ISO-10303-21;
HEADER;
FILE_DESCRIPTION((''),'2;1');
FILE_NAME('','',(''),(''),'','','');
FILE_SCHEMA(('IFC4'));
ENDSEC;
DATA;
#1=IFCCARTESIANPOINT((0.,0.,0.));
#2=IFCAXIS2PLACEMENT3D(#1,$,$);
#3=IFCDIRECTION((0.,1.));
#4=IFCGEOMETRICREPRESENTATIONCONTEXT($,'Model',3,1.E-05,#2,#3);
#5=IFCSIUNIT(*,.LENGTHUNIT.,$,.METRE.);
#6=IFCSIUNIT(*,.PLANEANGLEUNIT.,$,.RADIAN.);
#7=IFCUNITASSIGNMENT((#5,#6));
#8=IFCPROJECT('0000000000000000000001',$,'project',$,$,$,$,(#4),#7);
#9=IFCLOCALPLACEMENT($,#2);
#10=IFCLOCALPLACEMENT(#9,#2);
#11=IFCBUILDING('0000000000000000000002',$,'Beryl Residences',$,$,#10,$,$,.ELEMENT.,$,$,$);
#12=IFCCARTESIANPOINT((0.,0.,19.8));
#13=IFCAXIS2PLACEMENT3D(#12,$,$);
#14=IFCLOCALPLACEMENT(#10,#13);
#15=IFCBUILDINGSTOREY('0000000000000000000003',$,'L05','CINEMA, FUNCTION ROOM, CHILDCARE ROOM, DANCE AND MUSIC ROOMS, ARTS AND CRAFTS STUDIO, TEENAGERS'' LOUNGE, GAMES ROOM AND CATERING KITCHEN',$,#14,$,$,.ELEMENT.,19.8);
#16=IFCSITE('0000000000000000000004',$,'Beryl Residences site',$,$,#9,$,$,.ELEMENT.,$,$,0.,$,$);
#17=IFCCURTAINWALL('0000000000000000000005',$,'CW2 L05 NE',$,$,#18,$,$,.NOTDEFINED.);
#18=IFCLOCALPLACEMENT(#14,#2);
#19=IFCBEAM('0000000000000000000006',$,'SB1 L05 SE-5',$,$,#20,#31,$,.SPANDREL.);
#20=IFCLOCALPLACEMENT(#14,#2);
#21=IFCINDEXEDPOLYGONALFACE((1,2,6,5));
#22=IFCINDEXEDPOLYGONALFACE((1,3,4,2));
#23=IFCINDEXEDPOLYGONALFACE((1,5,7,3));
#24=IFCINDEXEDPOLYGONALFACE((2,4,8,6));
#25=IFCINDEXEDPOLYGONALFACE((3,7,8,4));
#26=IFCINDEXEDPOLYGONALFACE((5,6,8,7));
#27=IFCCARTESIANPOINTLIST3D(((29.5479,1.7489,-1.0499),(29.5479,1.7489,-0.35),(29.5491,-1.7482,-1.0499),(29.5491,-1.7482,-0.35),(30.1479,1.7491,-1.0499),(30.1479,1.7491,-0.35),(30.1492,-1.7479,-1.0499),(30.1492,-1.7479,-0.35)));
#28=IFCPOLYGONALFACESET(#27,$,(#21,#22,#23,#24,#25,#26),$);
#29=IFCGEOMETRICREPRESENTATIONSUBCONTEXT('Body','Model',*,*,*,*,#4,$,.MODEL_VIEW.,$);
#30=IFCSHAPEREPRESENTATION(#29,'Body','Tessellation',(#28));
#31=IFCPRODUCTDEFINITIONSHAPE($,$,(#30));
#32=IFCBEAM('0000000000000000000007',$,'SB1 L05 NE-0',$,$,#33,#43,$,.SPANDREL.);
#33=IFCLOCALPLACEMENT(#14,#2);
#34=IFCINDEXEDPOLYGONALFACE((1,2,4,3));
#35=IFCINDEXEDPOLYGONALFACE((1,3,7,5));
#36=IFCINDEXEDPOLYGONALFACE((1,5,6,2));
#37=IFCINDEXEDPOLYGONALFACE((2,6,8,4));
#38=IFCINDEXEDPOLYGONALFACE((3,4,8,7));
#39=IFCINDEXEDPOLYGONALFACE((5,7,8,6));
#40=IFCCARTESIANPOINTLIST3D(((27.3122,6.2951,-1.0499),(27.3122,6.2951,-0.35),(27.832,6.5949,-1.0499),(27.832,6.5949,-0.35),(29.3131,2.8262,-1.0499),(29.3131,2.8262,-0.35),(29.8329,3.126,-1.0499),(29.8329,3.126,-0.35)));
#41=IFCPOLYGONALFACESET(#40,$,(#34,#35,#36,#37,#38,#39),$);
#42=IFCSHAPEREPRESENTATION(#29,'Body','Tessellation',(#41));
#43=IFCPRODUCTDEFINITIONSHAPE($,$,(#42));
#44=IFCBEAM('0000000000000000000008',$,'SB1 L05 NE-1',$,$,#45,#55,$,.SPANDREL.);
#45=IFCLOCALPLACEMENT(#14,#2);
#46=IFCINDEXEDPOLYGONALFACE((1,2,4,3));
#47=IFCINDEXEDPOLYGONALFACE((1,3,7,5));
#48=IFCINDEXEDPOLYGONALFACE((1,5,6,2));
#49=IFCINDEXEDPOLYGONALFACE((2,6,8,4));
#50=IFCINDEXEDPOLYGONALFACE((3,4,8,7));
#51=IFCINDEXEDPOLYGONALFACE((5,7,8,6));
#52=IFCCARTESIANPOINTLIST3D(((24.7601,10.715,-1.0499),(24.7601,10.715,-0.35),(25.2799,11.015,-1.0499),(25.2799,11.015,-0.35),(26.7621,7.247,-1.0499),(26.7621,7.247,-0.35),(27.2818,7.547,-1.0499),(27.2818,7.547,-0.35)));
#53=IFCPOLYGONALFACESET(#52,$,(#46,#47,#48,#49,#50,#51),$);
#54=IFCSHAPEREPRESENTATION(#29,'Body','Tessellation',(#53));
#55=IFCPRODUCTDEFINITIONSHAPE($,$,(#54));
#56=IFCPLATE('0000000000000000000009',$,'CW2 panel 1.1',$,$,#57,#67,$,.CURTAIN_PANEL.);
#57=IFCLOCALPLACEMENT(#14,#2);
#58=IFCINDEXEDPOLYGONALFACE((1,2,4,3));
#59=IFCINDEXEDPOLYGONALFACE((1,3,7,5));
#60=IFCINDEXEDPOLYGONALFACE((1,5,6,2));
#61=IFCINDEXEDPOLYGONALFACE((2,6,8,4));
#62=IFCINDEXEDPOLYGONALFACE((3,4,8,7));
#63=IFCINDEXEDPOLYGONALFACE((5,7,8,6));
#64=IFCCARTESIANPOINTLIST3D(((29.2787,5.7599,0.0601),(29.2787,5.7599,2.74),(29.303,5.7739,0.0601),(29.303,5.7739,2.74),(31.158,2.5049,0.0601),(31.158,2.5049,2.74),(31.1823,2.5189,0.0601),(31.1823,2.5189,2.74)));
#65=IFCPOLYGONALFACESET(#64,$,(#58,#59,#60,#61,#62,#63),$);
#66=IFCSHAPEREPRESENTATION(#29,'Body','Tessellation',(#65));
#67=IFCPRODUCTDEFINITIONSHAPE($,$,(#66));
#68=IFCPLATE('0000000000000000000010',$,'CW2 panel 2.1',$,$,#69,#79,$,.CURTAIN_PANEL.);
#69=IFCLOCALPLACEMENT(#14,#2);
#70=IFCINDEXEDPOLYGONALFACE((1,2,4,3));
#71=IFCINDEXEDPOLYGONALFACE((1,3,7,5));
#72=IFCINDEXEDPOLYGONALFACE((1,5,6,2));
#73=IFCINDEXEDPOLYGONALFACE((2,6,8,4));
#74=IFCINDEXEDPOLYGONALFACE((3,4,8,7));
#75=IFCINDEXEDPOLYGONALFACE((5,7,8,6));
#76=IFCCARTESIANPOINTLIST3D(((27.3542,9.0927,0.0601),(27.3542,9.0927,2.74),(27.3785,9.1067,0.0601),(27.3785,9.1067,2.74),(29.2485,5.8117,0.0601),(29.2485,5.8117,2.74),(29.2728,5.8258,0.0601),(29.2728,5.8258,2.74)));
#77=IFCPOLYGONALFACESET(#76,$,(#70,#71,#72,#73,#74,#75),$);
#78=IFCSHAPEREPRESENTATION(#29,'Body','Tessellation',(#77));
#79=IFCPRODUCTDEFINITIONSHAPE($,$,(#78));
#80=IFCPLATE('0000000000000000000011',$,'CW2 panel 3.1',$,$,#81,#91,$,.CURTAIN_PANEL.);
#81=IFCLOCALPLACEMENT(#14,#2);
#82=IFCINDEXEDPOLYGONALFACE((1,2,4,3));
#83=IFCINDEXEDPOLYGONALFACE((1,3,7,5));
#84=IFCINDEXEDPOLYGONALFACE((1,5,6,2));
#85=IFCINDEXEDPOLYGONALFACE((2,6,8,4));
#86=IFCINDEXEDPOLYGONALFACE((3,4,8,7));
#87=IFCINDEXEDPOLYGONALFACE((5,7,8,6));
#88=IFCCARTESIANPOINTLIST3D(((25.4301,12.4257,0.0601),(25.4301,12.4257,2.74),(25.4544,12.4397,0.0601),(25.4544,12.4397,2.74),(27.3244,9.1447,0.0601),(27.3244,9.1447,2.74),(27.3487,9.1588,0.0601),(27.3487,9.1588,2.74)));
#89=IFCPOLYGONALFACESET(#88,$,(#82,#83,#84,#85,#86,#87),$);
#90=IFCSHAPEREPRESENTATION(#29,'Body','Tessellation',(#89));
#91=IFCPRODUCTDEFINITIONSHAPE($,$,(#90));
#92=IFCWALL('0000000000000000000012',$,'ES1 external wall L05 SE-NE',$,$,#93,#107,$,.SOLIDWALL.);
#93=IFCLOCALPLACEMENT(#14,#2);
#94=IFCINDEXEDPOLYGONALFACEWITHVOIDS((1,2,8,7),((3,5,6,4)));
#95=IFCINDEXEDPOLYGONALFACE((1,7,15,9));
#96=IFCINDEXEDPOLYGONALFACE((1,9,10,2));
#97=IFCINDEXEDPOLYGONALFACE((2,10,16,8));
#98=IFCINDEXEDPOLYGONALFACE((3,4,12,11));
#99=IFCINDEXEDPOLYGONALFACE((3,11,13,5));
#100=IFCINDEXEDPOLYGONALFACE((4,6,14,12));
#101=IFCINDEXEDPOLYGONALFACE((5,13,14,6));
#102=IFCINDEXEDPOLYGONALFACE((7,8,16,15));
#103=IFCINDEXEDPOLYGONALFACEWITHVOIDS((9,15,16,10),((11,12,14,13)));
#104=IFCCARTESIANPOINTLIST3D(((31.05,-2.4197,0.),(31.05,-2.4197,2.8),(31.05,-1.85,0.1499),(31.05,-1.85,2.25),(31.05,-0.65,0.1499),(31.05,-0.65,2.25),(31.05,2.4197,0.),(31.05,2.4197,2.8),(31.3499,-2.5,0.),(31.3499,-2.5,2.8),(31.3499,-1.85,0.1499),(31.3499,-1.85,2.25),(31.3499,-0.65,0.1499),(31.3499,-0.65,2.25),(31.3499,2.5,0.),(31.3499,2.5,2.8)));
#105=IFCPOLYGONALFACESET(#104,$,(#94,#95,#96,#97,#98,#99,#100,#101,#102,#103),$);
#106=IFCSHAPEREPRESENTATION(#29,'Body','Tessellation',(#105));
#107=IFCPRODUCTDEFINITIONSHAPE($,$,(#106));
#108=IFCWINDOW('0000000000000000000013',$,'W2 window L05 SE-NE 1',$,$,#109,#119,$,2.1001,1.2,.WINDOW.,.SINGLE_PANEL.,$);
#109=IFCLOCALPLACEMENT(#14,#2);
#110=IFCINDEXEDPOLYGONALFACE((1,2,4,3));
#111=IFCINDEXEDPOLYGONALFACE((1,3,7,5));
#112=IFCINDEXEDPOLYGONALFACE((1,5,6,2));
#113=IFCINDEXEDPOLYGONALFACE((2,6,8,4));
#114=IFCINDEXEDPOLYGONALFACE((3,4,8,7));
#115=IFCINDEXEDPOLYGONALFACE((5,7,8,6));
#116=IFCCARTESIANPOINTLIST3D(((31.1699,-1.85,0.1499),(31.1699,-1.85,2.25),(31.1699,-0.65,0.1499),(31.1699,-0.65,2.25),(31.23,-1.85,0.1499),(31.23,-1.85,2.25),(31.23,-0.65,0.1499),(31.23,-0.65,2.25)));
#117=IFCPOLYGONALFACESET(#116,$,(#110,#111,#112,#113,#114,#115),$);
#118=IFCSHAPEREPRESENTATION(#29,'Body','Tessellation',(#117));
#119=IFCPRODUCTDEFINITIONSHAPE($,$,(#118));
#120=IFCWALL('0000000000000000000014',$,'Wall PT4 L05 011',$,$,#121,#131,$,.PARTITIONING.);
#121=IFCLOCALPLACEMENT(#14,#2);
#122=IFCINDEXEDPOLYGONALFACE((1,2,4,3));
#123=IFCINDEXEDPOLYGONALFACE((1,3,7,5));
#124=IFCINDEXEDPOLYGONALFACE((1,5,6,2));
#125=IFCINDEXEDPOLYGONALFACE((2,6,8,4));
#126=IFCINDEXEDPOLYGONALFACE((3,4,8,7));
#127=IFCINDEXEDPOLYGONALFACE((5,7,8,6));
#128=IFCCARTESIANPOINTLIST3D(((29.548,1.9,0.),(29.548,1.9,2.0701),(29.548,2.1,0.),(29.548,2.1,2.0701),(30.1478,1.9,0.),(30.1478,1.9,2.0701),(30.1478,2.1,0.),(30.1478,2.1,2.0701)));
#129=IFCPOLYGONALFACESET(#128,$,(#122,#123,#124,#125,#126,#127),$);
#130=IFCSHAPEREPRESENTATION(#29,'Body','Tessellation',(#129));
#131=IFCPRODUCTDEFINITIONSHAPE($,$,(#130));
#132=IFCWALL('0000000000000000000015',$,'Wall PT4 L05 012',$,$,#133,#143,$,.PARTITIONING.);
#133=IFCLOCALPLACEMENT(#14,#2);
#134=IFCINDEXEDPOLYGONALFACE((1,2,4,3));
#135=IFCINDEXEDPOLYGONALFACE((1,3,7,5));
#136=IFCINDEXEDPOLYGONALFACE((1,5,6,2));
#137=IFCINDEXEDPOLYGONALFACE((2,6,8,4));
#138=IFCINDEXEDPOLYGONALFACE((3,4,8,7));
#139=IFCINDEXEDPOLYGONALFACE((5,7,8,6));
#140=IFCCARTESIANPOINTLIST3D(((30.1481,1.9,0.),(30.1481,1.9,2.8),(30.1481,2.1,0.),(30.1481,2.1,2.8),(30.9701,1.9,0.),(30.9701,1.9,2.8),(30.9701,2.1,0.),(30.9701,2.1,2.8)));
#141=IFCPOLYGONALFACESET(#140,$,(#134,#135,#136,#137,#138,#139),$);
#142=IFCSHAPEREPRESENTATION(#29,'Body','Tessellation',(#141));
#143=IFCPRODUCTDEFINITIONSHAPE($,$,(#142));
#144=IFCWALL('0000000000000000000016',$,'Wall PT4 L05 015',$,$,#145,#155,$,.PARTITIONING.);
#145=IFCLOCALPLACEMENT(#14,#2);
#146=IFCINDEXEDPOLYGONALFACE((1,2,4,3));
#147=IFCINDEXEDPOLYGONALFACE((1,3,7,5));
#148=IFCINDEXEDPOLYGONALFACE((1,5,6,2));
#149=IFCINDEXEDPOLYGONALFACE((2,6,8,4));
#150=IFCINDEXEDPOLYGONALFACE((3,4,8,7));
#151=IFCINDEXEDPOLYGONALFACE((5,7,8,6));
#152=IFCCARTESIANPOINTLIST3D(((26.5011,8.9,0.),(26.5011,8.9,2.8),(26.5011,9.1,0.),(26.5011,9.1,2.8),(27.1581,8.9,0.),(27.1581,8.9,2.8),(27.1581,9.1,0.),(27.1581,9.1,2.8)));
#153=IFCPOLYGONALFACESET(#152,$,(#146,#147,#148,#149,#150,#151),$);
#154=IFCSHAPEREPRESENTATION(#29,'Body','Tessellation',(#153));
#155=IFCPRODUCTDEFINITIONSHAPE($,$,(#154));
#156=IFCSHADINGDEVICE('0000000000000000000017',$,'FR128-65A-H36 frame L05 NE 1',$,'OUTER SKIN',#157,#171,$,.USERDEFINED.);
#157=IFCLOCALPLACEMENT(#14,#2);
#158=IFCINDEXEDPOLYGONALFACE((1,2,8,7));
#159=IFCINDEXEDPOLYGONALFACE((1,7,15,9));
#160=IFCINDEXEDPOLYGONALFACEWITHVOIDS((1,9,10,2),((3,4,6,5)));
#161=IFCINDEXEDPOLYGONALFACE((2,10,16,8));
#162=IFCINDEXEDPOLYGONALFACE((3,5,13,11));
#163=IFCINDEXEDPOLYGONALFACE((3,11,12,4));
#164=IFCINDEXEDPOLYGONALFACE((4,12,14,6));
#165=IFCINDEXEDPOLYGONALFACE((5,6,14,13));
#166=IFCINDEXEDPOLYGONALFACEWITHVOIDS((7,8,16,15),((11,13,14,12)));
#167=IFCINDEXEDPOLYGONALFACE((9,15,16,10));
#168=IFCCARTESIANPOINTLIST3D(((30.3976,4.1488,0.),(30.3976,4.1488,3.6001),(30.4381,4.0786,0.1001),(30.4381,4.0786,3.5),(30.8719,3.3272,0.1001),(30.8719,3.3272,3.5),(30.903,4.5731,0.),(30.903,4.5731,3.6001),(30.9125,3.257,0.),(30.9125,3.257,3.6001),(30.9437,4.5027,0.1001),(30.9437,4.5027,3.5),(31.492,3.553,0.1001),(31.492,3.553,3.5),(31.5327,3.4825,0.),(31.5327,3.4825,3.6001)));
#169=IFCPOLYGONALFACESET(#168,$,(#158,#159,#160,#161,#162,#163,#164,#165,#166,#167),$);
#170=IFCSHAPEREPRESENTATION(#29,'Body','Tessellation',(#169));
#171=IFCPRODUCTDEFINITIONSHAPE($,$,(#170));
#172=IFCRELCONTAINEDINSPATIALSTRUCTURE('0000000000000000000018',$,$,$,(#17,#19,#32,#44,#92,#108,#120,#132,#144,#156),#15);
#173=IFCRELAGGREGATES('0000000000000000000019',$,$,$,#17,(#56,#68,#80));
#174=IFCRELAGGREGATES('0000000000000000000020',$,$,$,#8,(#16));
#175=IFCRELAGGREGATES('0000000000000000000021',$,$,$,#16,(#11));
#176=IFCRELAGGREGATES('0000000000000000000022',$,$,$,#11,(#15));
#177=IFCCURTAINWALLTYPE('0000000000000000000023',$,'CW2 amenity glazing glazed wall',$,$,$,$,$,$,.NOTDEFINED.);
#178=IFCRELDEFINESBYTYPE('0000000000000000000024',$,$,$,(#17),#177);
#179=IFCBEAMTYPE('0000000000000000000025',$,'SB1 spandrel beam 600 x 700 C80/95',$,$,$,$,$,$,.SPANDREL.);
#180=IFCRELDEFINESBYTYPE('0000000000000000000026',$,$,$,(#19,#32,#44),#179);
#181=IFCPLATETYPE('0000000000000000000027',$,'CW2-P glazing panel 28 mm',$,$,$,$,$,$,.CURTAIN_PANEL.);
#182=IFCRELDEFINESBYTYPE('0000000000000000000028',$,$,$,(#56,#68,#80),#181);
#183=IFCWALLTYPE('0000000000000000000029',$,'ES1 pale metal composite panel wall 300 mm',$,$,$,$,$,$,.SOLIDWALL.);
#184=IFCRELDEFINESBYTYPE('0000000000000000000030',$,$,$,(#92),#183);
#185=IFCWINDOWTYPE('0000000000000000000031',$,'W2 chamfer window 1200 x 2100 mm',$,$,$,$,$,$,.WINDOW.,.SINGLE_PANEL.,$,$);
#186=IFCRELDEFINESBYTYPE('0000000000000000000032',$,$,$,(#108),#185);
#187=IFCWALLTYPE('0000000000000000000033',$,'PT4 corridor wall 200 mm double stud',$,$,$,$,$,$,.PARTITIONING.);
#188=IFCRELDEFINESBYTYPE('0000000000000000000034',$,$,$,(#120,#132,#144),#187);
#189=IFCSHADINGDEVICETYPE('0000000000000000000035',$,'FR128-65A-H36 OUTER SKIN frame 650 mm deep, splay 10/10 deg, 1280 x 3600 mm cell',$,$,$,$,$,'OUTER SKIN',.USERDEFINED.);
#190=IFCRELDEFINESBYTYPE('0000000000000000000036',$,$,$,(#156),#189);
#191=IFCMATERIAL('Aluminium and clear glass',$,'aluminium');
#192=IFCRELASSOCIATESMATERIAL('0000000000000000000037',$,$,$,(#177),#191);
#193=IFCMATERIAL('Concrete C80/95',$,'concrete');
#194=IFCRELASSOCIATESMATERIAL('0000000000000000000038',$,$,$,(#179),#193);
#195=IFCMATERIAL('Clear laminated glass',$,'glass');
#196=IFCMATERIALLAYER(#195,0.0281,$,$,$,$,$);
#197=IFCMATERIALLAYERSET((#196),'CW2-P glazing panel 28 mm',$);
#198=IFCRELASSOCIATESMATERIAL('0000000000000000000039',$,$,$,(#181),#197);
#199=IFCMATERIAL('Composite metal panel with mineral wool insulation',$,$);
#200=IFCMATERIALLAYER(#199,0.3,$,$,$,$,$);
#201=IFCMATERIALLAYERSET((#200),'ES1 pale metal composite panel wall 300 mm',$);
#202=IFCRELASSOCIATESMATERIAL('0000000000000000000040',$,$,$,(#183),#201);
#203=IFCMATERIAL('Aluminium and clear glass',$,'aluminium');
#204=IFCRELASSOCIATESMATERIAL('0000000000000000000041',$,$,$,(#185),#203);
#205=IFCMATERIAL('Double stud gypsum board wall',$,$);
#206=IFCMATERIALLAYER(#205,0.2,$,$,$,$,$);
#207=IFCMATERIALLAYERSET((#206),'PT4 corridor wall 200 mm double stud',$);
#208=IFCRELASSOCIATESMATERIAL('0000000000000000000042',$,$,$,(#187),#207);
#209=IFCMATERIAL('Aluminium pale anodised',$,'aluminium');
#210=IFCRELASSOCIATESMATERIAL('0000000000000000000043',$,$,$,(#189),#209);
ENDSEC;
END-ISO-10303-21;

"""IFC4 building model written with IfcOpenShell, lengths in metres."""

from ifc_helpers import new_model, entity, si_unit, direction, frame, frame_2d, origin, origin_2d, place, context, subcontext, project, spatial, polyline, rectangle, outline, extrude, source, transform, mapped, material, layer, layer_set, material_profile, profile_set, type_object, type_shapes, element, fill, aggregate, save


model = new_model("IFC4")

# Units and contexts
model_context = context("Model", 3, precision=1e-05, world=origin(), true_north=direction((0.0, 1.0)))
body_context = subcontext(model_context, "Body", "Model", "MODEL_VIEW")
ifc_project = project(units=[si_unit("LENGTHUNIT", "METRE"), si_unit("PLANEANGLEUNIT", "RADIAN")], contexts=[model_context])

# Site, building, storey
site_placement = place(None, origin())
site = spatial("IfcSite", under=ifc_project, at=site_placement, Name="Beryl Residences site", CompositionType="ELEMENT", RefElevation=0.0)
building_placement = place(site_placement, origin())
building = spatial("IfcBuilding", under=site, at=building_placement, Name="Beryl Residences", CompositionType="ELEMENT")
storey_placement = place(building_placement, frame((0.0, 0.0, 19.8)))
storey = spatial("IfcBuildingStorey", under=building, at=storey_placement, Name="L05", Description="CINEMA, FUNCTION ROOM, CHILDCARE ROOM, DANCE AND MUSIC ROOMS, ARTS AND CRAFTS STUDIO, TEENAGERS' LOUNGE, GAMES ROOM AND CATERING KITCHEN", CompositionType="ELEMENT", Elevation=19.8)

# Shared definitions
ifc_material_1 = material(Name="Aluminium and clear glass", Category="aluminium")
curtain_wall_type = type_object("IfcCurtainWallType", Name="CW2 amenity glazing glazed wall", PredefinedType="NOTDEFINED", material=ifc_material_1)

# Curtain wall
curtain_wall_1_placement = place(storey_placement, origin())
curtain_wall_1 = element("IfcCurtainWall", 1, at=curtain_wall_1_placement, inside=storey, type_object=curtain_wall_type, Name="CW2 L05 NE", PredefinedType="NOTDEFINED")

# Beams
ifc_material_2 = material(Name="Concrete C80/95", Category="concrete")
ifc_material_profile_1 = material_profile(ifc_material_2, rectangle(XDim=0.6001, YDim=0.7, at=origin_2d()))
ifc_profile_set_1 = profile_set([ifc_material_profile_1], Name="Concrete C80/95")
beam_type = type_object("IfcBeamType", Name="SB1 spandrel beam 600 x 700 C80/95", PredefinedType="SPANDREL", material=ifc_profile_set_1)
beam_1_placement = place(storey_placement, frame((29.8491, -1.748, -0.7), z_axis=(-0.000349, 1.0, 0.0), x_axis=(-1.0, -0.000349, 0.0)))
element("IfcBeam", 2, at=beam_1_placement, inside=storey, type_object=beam_type, Name="SB1 L05 SE-5", PredefinedType="SPANDREL", context=body_context, shape_type="SweptSolid", body=[
    extrude(rectangle(XDim=0.6001, YDim=0.7, at=origin_2d()), origin(), (0.0, 0.0, 1.0), 3.4971),
])
beam_2_placement = place(storey_placement, frame((29.573, 2.9761, -0.7), z_axis=(-0.499654, 0.866225, 0.0), x_axis=(-0.866225, -0.499654, 0.0)))
element("IfcBeam", 3, at=beam_2_placement, inside=storey, type_object=beam_type, Name="SB1 L05 NE-0", PredefinedType="SPANDREL", context=body_context, shape_type="SweptSolid", body=[
    extrude(rectangle(XDim=0.6001, YDim=0.7, at=origin_2d()), origin(), (0.0, 0.0, 1.0), 4.0046),
])
beam_3_placement = place(storey_placement, frame((27.022, 7.397, -0.7), z_axis=(-0.499942, 0.866059, 0.0), x_axis=(-0.866059, -0.499942, 0.0)))
element("IfcBeam", 4, at=beam_3_placement, inside=storey, type_object=beam_type, Name="SB1 L05 NE-1", PredefinedType="SPANDREL", context=body_context, shape_type="SweptSolid", body=[
    extrude(rectangle(XDim=0.6001, YDim=0.7, at=origin_2d()), origin(), (0.0, 0.0, 1.0), 4.0044),
])

# Plates
ifc_material_3 = material(Name="Clear laminated glass", Category="glass")
ifc_layer_1 = layer(ifc_material_3, 0.0281)
ifc_layer_set_1 = layer_set([ifc_layer_1], Name="CW2-P glazing panel 28 mm")
plate_type = type_object("IfcPlateType", Name="CW2-P glazing panel 28 mm", PredefinedType="CURTAIN_PANEL", material=ifc_layer_set_1)
plate_1_placement = place(storey_placement, frame((30.2305, 4.1394, 0.0601), z_axis=(0.0, 0.0, 1.0), x_axis=(-0.500012, 0.866019, 0.0)))
plate_1 = element("IfcPlate", 5, at=plate_1_placement, type_object=plate_type, Name="CW2 panel 1.1", PredefinedType="CURTAIN_PANEL", context=body_context, shape_type="SweptSolid", body=[
    extrude(rectangle(XDim=3.7585, YDim=0.0281, at=origin_2d()), origin(), (0.0, 0.0, 1.0), 2.6799),
])
plate_2_placement = place(storey_placement, frame((28.3135, 7.4592, 0.0601), z_axis=(0.0, 0.0, 1.0), x_axis=(-0.500012, 0.866019, 0.0)))
plate_2 = element("IfcPlate", 6, at=plate_2_placement, type_object=plate_type, Name="CW2 panel 2.1", PredefinedType="CURTAIN_PANEL", context=body_context, shape_type="SweptSolid", body=[
    extrude(rectangle(XDim=3.7886, YDim=0.0281, at=origin_2d()), origin(), (0.0, 0.0, 1.0), 2.6799),
])
plate_3_placement = place(storey_placement, frame((26.3894, 10.7922, 0.0601), z_axis=(0.0, 0.0, 1.0), x_axis=(-0.500012, 0.866019, 0.0)))
plate_3 = element("IfcPlate", 7, at=plate_3_placement, type_object=plate_type, Name="CW2 panel 3.1", PredefinedType="CURTAIN_PANEL", context=body_context, shape_type="SweptSolid", body=[
    extrude(rectangle(XDim=3.7886, YDim=0.0281, at=origin_2d()), origin(), (0.0, 0.0, 1.0), 2.6799),
])
aggregate(curtain_wall_1, [plate_1, plate_2, plate_3])

# Wall, opening, window
ifc_material_4 = material(Name="Composite metal panel with mineral wool insulation")
ifc_layer_2 = layer(ifc_material_4, 0.3)
ifc_layer_set_2 = layer_set([ifc_layer_2], Name="ES1 pale metal composite panel wall 300 mm")
wall_type_1 = type_object("IfcWallType", Name="ES1 pale metal composite panel wall 300 mm", PredefinedType="SOLIDWALL", material=ifc_layer_set_2)
wall_1_placement = place(storey_placement, frame((31.2, -2.5, 0.0), z_axis=(0.0, 0.0, 1.0), x_axis=(0.0, 1.0, 0.0)))
wall_1 = element("IfcWall", 8, at=wall_1_placement, inside=storey, type_object=wall_type_1, Name="ES1 external wall L05 SE-NE", PredefinedType="SOLIDWALL", context=body_context, shape_type="SweptSolid", body=[
    extrude(outline(polyline([(0.0, -0.1499), (5.0, -0.1499), (4.9197, 0.1499), (0.0803, 0.1499), (0.0, -0.1499)])), origin(), (0.0, 0.0, 1.0), 2.8),
])
opening_placement = place(wall_1_placement, frame((0.6499, 0.0, 0.1499)))
opening = element("IfcOpeningElement", 9, at=opening_placement, cuts=wall_1, PredefinedType="OPENING", context=body_context, shape_type="SweptSolid", body=[
    extrude(rectangle(XDim=1.2, YDim=2.1001, at=frame_2d((0.6001, 1.05))), frame((0.0, 0.1599, 0.0), z_axis=(0.0, -1.0, 0.0), x_axis=(1.0, 0.0, 0.0)), (0.0, 0.0, 1.0), 0.3201),
])
ifc_material_5 = material(Name="Aluminium and clear glass", Category="aluminium")
window_type = type_object("IfcWindowType", Name="W2 chamfer window 1200 x 2100 mm", PartitioningType="SINGLE_PANEL", PredefinedType="WINDOW", material=ifc_material_5)
window_placement = place(opening_placement, origin())
window = element("IfcWindow", 10, at=window_placement, inside=storey, type_object=window_type, Name="W2 window L05 SE-NE 1", OverallHeight=2.1001, OverallWidth=1.2, PartitioningType="SINGLE_PANEL", PredefinedType="WINDOW", context=body_context, shape_type="SweptSolid", body=[
    extrude(rectangle(XDim=1.2, YDim=2.1001, at=frame_2d((0.6001, 1.05))), frame((0.0, 0.03, 0.0), z_axis=(0.0, -1.0, 0.0), x_axis=(1.0, 0.0, 0.0)), (0.0, 0.0, 1.0), 0.0601),
])
fill(opening, window)

# Walls
ifc_material_6 = material(Name="Double stud gypsum board wall")
ifc_layer_3 = layer(ifc_material_6, 0.2)
ifc_layer_set_3 = layer_set([ifc_layer_3], Name="PT4 corridor wall 200 mm double stud")
wall_type_2 = type_object("IfcWallType", Name="PT4 corridor wall 200 mm double stud", PredefinedType="PARTITIONING", material=ifc_layer_set_3)
wall_2_placement = place(storey_placement, frame((29.5481, 2.0, 0.0), z_axis=(0.0, 0.0, 1.0), x_axis=(1.0, 0.0, 0.0)))
element("IfcWall", 11, at=wall_2_placement, inside=storey, type_object=wall_type_2, Name="Wall PT4 L05 011", PredefinedType="PARTITIONING", context=body_context, shape_type="SweptSolid", body=[
    extrude(rectangle(XDim=0.5999, YDim=0.2, at=frame_2d((0.2998, 0.0))), origin(), (0.0, 0.0, 1.0), 2.0701),
])
wall_3_placement = place(storey_placement, frame((30.1479, 2.0, 0.0), z_axis=(0.0, 0.0, 1.0), x_axis=(1.0, 0.0, 0.0)))
element("IfcWall", 12, at=wall_3_placement, inside=storey, type_object=wall_type_2, Name="Wall PT4 L05 012", PredefinedType="PARTITIONING", context=body_context, shape_type="SweptSolid", body=[
    extrude(rectangle(XDim=0.822, YDim=0.2, at=frame_2d((0.4111, 0.0))), origin(), (0.0, 0.0, 1.0), 2.8),
])
wall_4_placement = place(storey_placement, frame((26.501, 9.0, 0.0), z_axis=(0.0, 0.0, 1.0), x_axis=(1.0, 0.0, 0.0)))
element("IfcWall", 13, at=wall_4_placement, inside=storey, type_object=wall_type_2, Name="Wall PT4 L05 015", PredefinedType="PARTITIONING", context=body_context, shape_type="SweptSolid", body=[
    extrude(rectangle(XDim=0.657, YDim=0.2, at=frame_2d((0.3286, 0.0))), origin(), (0.0, 0.0, 1.0), 2.8),
])

# Shading device
ifc_material_7 = material(Name="Aluminium pale anodised", Category="aluminium")
shading_device_type_1 = type_object("IfcShadingDeviceType", Name="FR128-65A-H36 OUTER SKIN frame 650 mm deep, splay 10/10 deg, 1280 x 3600 mm cell", ElementType="OUTER SKIN", PredefinedType="USERDEFINED", material=ifc_material_7)
cartesian_point_1 = entity("IfcCartesianPoint", [-0.5149, 0.0])
cartesian_point_2 = entity("IfcCartesianPoint", [-0.4338, 0.1001])
cartesian_point_3 = entity("IfcCartesianPoint", [-0.6296, 0.0])
cartesian_point_4 = entity("IfcCartesianPoint", [-0.5483, 0.1001])
shared_shape_1 = source(origin(), body_context, "Body", "SweptSolid", [
    entity("IfcExtrudedAreaSolidTapered", entity("IfcArbitraryProfileDefWithVoids", "AREA", None, entity("IfcPolyline", [cartesian_point_1, entity("IfcCartesianPoint", [0.5149, 0.0]), entity("IfcCartesianPoint", [0.5149, 3.6001]), entity("IfcCartesianPoint", [-0.5149, 3.6001]), cartesian_point_1]), [entity("IfcPolyline", [cartesian_point_2, entity("IfcCartesianPoint", [0.4338, 0.1001]), entity("IfcCartesianPoint", [0.4338, 3.5]), entity("IfcCartesianPoint", [-0.4338, 3.5]), cartesian_point_2])]), entity("IfcAxis2Placement3D", entity("IfcCartesianPoint", [0.0, 0.0, 0.0]), entity("IfcDirection", [0.0, 1.0, 0.0]), entity("IfcDirection", [-1.0, 0.0, 0.0])), entity("IfcDirection", [0.0, 0.0, 1.0]), 0.6499, entity("IfcArbitraryProfileDefWithVoids", "AREA", None, entity("IfcPolyline", [cartesian_point_3, entity("IfcCartesianPoint", [0.6296, 0.0]), entity("IfcCartesianPoint", [0.6296, 3.6001]), entity("IfcCartesianPoint", [-0.6296, 3.6001]), cartesian_point_3]), [entity("IfcPolyline", [cartesian_point_4, entity("IfcCartesianPoint", [0.5483, 0.1001]), entity("IfcCartesianPoint", [0.5483, 3.5]), entity("IfcCartesianPoint", [-0.5483, 3.5]), cartesian_point_4])])),
])
type_shapes(shading_device_type_1, [shared_shape_1])
shading_device_placement = place(storey_placement, frame((30.655, 3.7029, 0.0), z_axis=(0.0, 0.0, 1.0), x_axis=(0.5, -0.866025, 0.0)))
element("IfcShadingDevice", 14, at=shading_device_placement, inside=storey, type_object=shading_device_type_1, Name="FR128-65A-H36 frame L05 NE 1", ObjectType="OUTER SKIN", PredefinedType="USERDEFINED", context=body_context, shape_type="MappedRepresentation", body=[
    mapped(shared_shape_1, transform((0.0, 0.0, 0.0))),
])

save(model, "model.ifc")
